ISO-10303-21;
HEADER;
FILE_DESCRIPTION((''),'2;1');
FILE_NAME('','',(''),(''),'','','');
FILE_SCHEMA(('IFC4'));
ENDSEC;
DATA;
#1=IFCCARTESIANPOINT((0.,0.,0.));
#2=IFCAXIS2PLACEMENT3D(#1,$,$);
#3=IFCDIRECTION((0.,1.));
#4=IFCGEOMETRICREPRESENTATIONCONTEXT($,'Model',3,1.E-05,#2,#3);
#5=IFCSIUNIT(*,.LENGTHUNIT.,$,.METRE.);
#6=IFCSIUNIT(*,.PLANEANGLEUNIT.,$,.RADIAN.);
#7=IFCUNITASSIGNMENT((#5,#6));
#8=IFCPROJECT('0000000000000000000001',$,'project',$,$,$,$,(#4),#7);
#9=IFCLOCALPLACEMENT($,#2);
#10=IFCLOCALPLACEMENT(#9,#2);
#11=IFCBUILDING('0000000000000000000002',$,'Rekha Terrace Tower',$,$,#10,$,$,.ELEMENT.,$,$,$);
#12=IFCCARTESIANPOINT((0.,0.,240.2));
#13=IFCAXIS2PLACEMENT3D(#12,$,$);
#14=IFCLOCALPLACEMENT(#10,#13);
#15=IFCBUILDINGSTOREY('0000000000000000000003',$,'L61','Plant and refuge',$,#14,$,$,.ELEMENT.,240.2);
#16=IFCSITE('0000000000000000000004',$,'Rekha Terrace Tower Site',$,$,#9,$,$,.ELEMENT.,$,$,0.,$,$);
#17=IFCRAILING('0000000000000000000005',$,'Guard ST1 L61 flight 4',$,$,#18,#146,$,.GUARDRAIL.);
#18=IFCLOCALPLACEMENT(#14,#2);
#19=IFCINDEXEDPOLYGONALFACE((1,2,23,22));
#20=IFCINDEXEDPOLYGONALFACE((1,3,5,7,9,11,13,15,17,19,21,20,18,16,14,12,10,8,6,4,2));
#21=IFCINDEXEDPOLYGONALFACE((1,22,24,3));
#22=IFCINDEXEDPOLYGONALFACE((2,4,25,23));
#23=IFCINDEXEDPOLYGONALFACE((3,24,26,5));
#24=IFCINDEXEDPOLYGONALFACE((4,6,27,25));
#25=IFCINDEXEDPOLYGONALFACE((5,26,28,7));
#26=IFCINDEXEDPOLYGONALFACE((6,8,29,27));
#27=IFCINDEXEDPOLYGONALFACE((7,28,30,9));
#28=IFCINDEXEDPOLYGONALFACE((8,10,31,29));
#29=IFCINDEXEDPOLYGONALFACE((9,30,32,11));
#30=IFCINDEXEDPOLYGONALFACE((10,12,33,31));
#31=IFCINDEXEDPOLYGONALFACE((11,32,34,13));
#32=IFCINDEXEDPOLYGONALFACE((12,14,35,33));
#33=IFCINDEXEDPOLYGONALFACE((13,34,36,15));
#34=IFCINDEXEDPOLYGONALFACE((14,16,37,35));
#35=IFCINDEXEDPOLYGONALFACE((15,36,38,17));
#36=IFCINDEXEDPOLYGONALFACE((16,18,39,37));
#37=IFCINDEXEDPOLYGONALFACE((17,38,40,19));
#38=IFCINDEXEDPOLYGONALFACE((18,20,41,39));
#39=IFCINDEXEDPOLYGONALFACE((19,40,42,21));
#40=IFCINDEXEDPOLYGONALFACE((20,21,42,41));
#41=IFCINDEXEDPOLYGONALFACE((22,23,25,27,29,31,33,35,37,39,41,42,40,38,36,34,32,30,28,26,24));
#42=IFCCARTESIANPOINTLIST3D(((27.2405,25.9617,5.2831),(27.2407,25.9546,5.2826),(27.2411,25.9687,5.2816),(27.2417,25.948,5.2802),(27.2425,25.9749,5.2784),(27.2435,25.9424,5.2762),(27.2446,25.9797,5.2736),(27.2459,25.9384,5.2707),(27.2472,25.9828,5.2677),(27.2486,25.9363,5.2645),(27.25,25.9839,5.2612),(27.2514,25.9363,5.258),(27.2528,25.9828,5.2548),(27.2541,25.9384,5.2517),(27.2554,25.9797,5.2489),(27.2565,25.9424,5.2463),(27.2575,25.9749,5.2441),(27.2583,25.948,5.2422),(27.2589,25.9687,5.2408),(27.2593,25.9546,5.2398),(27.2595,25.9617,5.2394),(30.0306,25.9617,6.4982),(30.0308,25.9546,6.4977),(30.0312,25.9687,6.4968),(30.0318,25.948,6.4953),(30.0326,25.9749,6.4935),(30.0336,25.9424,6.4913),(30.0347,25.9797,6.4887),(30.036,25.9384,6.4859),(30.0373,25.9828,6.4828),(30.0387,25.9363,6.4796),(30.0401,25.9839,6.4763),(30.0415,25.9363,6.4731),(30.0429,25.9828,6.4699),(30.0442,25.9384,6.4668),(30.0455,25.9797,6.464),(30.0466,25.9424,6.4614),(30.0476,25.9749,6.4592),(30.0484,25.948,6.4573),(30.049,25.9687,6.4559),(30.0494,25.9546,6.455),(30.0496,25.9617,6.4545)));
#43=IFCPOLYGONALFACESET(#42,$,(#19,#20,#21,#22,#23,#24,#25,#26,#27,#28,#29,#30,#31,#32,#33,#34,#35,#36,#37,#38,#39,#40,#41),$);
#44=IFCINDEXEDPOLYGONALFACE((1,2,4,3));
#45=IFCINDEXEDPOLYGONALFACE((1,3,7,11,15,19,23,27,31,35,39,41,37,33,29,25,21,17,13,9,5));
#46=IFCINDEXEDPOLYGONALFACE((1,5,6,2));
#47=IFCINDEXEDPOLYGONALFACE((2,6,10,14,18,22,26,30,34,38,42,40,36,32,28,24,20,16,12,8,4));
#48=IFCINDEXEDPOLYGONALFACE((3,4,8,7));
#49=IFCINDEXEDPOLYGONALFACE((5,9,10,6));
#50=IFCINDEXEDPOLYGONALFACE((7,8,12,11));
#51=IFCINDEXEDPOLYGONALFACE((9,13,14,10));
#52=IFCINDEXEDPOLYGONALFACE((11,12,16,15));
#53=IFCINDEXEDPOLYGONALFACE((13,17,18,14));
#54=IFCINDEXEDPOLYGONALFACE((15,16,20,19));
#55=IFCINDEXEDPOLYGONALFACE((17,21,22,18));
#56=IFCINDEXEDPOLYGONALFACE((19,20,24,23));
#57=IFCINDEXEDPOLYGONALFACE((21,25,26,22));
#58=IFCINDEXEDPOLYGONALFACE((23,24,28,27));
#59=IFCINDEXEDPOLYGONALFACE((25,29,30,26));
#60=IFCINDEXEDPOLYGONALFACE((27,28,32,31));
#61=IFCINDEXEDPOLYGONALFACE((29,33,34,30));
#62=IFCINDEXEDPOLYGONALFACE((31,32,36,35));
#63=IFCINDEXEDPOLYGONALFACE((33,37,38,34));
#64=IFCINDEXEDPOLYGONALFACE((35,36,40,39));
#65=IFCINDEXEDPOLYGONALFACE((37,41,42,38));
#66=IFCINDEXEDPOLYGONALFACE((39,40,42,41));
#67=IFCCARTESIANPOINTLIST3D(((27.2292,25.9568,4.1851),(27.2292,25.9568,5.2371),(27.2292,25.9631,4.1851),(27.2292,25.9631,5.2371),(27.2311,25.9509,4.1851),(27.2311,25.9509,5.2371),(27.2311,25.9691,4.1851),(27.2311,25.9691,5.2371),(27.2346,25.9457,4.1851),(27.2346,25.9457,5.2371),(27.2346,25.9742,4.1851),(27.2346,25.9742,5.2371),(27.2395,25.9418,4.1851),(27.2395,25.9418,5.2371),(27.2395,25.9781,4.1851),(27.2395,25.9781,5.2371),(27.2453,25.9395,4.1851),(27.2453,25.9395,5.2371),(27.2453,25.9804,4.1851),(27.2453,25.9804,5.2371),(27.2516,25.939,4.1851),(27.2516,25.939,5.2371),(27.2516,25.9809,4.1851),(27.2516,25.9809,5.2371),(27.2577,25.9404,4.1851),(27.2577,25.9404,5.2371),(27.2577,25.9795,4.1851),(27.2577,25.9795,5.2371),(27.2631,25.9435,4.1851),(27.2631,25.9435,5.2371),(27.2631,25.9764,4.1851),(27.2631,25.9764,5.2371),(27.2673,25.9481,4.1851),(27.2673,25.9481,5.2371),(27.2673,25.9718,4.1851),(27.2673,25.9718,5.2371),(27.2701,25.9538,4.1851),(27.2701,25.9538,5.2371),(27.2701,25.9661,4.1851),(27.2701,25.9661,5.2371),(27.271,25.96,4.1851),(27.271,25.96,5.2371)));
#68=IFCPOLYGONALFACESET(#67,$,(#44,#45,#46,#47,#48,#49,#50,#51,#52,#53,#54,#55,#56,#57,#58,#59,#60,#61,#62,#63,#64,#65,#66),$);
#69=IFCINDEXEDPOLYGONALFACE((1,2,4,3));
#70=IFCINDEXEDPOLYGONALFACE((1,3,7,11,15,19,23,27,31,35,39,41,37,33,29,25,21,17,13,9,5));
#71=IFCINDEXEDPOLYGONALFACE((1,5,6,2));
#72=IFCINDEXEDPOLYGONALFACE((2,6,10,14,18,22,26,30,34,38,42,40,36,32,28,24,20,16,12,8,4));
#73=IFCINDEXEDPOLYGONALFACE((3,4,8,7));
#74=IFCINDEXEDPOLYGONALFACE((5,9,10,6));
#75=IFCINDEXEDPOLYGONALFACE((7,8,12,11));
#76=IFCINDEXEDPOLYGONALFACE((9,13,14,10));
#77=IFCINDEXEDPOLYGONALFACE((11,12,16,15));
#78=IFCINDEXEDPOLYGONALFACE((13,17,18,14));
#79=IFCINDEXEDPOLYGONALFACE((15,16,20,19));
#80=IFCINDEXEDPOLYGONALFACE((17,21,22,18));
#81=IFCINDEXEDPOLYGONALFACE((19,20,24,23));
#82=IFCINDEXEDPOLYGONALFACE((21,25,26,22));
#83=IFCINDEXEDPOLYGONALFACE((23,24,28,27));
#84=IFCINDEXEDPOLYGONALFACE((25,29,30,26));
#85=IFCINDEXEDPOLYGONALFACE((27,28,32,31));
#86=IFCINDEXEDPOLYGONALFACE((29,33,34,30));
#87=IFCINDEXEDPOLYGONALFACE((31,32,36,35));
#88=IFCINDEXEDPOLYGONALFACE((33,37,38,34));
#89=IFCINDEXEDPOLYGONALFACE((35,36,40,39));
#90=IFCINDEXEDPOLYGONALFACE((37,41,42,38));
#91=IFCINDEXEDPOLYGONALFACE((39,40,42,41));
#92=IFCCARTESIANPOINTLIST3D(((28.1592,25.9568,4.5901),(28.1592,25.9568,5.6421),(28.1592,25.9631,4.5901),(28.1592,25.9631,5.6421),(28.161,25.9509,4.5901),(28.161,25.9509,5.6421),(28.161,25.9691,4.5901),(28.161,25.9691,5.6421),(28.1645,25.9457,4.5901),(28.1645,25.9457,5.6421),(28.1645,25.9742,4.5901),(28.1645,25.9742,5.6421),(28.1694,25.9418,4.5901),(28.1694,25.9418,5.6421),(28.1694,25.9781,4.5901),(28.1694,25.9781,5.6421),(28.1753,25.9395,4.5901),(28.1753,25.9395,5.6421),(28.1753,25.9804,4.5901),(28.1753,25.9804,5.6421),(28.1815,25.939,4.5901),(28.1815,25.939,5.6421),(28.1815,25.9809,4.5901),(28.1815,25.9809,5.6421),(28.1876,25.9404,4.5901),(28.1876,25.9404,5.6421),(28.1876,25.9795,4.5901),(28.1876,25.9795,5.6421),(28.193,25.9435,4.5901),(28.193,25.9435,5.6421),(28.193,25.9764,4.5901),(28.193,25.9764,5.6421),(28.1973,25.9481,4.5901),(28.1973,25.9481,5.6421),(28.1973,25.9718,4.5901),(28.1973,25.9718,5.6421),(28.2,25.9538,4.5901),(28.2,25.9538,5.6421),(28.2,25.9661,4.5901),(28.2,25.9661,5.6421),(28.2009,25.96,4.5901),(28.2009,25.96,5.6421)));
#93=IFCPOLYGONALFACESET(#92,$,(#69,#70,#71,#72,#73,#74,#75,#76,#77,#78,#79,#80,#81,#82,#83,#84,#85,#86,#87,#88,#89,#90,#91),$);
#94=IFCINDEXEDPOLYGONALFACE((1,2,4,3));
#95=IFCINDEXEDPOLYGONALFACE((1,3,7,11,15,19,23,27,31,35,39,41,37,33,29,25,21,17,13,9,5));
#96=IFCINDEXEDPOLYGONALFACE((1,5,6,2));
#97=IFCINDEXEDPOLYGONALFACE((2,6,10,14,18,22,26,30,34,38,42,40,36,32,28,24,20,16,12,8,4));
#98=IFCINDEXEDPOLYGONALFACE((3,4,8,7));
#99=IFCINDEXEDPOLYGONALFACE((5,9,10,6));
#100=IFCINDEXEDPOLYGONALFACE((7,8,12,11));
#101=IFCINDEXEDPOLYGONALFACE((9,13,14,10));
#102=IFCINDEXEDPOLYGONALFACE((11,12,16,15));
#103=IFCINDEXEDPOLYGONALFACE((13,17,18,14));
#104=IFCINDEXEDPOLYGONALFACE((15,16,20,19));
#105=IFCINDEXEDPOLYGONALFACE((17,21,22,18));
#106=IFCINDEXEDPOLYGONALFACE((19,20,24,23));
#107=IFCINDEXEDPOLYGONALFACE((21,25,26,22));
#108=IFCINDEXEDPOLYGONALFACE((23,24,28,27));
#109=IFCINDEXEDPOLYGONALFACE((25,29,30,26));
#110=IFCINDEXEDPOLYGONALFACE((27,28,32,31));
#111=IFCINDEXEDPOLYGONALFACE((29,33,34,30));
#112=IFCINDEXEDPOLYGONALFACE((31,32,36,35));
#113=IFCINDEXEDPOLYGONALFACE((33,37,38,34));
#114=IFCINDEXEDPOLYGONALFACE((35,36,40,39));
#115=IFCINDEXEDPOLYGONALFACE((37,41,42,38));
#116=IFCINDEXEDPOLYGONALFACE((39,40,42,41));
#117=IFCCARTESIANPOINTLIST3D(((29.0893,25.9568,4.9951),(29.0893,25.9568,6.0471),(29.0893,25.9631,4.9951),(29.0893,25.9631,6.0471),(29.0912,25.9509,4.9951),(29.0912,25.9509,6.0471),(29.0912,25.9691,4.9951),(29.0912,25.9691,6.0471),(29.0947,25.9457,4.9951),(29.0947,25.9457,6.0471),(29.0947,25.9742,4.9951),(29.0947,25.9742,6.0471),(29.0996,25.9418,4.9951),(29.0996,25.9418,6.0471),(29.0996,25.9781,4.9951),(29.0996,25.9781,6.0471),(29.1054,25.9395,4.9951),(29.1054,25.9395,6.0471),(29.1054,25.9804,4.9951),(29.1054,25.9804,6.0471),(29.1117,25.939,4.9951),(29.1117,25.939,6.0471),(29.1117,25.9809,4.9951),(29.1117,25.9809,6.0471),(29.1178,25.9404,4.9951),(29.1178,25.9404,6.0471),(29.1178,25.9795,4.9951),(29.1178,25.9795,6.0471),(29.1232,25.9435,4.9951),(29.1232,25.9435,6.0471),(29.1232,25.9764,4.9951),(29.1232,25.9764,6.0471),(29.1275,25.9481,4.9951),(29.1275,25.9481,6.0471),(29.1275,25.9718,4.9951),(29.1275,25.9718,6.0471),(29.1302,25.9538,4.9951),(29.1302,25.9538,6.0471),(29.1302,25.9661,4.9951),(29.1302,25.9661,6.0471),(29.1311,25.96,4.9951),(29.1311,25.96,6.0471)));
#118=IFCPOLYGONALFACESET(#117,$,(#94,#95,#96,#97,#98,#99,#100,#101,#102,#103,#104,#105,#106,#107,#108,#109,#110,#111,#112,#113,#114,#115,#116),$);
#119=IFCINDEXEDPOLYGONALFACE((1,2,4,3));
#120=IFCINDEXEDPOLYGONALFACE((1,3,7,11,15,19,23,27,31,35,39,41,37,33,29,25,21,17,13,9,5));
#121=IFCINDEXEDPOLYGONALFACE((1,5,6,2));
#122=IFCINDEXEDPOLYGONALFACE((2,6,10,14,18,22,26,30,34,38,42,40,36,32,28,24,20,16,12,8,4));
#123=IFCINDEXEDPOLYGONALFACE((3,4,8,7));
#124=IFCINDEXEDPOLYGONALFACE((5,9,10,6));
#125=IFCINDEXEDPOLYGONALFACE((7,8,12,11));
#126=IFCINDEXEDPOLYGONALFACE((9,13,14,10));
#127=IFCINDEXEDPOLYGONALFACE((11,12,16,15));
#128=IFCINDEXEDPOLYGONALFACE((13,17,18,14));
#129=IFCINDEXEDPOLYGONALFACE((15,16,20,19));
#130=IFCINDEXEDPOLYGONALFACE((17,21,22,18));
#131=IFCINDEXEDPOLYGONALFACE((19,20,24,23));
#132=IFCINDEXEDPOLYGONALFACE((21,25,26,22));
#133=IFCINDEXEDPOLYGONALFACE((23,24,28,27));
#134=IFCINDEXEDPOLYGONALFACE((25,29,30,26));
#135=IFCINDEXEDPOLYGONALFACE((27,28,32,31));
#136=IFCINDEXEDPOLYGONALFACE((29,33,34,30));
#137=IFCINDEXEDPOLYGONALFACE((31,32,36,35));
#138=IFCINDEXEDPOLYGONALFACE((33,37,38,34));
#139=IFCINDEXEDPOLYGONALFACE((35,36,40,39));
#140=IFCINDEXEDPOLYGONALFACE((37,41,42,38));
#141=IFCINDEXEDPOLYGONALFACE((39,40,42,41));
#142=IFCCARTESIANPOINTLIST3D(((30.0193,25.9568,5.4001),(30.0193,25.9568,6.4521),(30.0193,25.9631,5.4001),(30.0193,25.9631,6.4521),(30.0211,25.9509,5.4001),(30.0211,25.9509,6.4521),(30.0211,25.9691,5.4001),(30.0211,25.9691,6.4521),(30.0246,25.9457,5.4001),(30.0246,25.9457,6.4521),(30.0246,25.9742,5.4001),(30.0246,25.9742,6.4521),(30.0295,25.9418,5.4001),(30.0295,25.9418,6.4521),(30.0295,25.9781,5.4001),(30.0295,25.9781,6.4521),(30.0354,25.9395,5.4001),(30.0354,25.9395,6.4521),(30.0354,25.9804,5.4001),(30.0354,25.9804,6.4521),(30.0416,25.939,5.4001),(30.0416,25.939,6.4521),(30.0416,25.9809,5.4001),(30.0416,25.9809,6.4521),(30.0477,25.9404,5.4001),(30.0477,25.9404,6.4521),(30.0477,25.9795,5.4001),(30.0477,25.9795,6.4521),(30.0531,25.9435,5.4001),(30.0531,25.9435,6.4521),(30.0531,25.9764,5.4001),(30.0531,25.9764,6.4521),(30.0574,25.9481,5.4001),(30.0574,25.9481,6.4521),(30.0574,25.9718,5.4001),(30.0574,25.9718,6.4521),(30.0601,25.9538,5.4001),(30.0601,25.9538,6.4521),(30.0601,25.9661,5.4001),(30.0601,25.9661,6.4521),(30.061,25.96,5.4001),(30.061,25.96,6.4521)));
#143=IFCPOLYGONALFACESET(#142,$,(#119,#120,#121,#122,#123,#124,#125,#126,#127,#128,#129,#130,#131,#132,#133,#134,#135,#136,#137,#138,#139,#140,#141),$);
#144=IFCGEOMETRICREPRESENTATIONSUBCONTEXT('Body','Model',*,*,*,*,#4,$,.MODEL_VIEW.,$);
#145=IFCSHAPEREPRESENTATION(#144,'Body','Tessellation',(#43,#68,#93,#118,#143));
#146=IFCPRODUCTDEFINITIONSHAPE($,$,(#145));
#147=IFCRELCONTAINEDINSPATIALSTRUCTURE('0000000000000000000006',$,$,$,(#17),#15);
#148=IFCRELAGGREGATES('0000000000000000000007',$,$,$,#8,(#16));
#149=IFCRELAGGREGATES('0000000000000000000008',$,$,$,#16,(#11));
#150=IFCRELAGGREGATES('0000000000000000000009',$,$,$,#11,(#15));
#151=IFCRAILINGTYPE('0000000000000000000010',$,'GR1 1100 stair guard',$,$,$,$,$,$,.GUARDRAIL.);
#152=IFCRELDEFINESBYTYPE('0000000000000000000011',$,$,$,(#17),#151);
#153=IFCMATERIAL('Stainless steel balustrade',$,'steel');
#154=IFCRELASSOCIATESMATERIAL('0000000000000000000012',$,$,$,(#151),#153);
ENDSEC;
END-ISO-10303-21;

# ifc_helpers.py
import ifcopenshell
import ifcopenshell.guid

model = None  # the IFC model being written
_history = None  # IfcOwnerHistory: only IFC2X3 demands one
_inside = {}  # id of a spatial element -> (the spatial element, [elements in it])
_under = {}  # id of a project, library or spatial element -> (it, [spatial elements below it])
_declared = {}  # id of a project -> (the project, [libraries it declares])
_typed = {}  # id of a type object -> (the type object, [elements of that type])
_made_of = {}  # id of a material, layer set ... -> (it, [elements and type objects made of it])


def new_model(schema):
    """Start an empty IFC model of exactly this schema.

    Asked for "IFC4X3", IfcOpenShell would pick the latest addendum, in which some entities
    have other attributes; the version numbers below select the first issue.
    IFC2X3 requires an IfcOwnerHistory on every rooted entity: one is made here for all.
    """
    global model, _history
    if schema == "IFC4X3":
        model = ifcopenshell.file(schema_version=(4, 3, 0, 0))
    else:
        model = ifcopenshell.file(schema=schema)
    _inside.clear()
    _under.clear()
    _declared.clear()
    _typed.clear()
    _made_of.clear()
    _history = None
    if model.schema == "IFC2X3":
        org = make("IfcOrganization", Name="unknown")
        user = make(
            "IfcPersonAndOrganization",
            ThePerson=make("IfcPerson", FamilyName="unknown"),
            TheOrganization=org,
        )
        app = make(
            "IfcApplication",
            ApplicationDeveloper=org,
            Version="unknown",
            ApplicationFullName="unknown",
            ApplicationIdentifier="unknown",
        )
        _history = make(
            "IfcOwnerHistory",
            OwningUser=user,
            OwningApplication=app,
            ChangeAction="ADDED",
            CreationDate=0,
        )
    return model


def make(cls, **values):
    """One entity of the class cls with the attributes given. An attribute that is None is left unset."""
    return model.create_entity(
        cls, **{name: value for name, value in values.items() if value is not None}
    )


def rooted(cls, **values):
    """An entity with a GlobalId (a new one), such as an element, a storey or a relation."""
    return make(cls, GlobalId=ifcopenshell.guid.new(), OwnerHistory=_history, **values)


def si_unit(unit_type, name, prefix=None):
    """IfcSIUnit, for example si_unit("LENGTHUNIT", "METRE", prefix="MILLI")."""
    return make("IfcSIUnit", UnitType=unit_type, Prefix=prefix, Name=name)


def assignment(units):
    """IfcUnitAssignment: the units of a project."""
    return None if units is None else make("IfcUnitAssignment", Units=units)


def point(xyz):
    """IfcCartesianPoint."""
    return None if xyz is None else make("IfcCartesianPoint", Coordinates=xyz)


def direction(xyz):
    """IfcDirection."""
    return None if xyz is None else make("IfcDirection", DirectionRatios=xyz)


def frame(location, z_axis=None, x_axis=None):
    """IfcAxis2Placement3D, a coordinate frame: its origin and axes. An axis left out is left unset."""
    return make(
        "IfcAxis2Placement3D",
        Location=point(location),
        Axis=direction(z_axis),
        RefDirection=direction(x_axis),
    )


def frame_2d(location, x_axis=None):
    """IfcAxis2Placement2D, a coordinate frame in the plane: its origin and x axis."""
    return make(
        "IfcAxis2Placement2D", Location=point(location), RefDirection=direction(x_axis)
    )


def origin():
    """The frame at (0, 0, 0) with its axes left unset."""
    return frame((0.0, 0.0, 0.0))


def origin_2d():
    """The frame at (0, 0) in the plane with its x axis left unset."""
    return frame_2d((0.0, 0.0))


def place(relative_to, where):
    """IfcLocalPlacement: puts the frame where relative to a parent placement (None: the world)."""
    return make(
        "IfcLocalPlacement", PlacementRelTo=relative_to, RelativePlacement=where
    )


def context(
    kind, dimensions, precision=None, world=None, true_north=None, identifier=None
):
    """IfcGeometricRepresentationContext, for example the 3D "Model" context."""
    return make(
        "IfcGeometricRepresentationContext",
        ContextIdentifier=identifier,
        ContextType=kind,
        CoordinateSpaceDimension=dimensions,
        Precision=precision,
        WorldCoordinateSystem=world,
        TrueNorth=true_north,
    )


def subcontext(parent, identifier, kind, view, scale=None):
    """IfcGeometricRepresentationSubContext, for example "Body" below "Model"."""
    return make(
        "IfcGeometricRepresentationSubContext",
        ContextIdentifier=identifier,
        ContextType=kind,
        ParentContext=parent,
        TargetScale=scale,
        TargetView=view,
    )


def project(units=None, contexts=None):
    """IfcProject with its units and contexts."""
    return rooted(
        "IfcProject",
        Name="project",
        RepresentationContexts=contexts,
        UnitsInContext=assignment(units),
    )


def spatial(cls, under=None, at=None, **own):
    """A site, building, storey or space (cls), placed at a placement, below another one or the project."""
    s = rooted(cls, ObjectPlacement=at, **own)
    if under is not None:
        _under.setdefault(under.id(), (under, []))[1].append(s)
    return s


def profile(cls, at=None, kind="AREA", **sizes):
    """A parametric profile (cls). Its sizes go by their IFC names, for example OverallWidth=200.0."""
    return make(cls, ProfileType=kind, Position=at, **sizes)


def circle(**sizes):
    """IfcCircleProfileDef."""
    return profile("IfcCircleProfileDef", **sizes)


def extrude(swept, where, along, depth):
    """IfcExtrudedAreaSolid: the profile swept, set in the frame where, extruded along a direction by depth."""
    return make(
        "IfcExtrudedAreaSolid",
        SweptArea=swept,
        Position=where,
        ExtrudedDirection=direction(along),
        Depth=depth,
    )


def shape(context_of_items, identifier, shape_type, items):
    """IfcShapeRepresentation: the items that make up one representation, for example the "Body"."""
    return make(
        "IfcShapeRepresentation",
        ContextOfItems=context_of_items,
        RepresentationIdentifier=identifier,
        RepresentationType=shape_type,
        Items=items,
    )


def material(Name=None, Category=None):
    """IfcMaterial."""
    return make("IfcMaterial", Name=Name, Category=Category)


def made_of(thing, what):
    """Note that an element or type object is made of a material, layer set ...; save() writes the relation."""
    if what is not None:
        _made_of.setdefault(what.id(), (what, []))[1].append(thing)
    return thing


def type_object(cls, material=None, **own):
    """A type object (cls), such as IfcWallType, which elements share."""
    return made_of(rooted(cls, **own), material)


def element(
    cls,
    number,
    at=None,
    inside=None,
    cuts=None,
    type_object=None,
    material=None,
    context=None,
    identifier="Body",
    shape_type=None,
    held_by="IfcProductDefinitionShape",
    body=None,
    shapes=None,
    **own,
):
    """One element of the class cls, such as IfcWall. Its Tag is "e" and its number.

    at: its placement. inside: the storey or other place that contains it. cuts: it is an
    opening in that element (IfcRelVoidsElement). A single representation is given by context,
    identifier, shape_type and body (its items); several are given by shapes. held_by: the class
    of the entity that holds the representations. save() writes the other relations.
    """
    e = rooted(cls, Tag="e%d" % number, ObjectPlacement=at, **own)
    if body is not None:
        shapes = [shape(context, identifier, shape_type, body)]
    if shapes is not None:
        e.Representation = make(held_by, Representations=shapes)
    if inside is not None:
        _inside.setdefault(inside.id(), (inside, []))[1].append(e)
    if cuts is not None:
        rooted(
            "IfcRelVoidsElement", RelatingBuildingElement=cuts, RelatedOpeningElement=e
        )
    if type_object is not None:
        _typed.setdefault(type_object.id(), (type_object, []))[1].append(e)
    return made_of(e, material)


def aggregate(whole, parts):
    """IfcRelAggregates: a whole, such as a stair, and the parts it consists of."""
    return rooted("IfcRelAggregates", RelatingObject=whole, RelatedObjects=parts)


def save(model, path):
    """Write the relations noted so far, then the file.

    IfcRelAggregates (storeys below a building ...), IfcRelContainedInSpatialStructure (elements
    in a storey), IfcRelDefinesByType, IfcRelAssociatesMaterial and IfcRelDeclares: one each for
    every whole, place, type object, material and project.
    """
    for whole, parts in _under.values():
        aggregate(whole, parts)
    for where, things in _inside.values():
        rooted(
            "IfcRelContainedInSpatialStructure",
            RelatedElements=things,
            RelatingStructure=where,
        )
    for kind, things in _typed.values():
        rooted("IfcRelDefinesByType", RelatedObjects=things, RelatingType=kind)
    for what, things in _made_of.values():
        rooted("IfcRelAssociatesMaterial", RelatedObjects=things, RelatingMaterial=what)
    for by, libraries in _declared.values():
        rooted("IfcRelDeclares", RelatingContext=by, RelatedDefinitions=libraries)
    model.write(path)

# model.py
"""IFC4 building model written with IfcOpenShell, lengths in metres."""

from ifc_helpers import new_model, si_unit, direction, frame, origin, origin_2d, place, context, subcontext, project, spatial, circle, extrude, material, type_object, element, save


model = new_model("IFC4")

# Units and contexts
model_context = context("Model", 3, precision=1e-05, world=origin(), true_north=direction((0.0, 1.0)))
body_context = subcontext(model_context, "Body", "Model", "MODEL_VIEW")
ifc_project = project(units=[si_unit("LENGTHUNIT", "METRE"), si_unit("PLANEANGLEUNIT", "RADIAN")], contexts=[model_context])

# Site, building, storey
site_placement = place(None, origin())
site = spatial("IfcSite", under=ifc_project, at=site_placement, Name="Rekha Terrace Tower Site", CompositionType="ELEMENT", RefElevation=0.0)
building_placement = place(site_placement, origin())
building = spatial("IfcBuilding", under=site, at=building_placement, Name="Rekha Terrace Tower", CompositionType="ELEMENT")
storey_placement = place(building_placement, frame((0.0, 0.0, 240.2)))
storey = spatial("IfcBuildingStorey", under=building, at=storey_placement, Name="L61", Description="Plant and refuge", CompositionType="ELEMENT", Elevation=240.2)

# Railing
ifc_material_1 = material(Name="Stainless steel balustrade", Category="steel")
railing_type_1 = type_object("IfcRailingType", Name="GR1 1100 stair guard", PredefinedType="GUARDRAIL", material=ifc_material_1)
railing_1_placement = place(storey_placement, frame((27.25, 25.96, 4.1851)))
element("IfcRailing", 1, at=railing_1_placement, inside=storey, type_object=railing_type_1, Name="Guard ST1 L61 flight 4", PredefinedType="GUARDRAIL", context=body_context, shape_type="SweptSolid", body=[
    extrude(circle(Radius=0.0239, at=origin_2d()), frame((0.0, 0.0, 1.0762), z_axis=(0.916826, 0.0, 0.399286), x_axis=(0.0, 1.0, 0.0)), (0.0, 0.0, 1.0), 3.0432),
    extrude(circle(Radius=0.021, at=origin_2d()), origin(), (0.0, 0.0, 1.0), 1.052),
    extrude(circle(Radius=0.021, at=origin_2d()), frame((0.9299, 0.0, 0.405)), (0.0, 0.0, 1.0), 1.052),
    extrude(circle(Radius=0.021, at=origin_2d()), frame((1.8601, 0.0, 0.8101)), (0.0, 0.0, 1.0), 1.052),
    extrude(circle(Radius=0.021, at=origin_2d()), frame((2.79, 0.0, 1.2151)), (0.0, 0.0, 1.0), 1.052),
])

save(model, "model.ifc")
